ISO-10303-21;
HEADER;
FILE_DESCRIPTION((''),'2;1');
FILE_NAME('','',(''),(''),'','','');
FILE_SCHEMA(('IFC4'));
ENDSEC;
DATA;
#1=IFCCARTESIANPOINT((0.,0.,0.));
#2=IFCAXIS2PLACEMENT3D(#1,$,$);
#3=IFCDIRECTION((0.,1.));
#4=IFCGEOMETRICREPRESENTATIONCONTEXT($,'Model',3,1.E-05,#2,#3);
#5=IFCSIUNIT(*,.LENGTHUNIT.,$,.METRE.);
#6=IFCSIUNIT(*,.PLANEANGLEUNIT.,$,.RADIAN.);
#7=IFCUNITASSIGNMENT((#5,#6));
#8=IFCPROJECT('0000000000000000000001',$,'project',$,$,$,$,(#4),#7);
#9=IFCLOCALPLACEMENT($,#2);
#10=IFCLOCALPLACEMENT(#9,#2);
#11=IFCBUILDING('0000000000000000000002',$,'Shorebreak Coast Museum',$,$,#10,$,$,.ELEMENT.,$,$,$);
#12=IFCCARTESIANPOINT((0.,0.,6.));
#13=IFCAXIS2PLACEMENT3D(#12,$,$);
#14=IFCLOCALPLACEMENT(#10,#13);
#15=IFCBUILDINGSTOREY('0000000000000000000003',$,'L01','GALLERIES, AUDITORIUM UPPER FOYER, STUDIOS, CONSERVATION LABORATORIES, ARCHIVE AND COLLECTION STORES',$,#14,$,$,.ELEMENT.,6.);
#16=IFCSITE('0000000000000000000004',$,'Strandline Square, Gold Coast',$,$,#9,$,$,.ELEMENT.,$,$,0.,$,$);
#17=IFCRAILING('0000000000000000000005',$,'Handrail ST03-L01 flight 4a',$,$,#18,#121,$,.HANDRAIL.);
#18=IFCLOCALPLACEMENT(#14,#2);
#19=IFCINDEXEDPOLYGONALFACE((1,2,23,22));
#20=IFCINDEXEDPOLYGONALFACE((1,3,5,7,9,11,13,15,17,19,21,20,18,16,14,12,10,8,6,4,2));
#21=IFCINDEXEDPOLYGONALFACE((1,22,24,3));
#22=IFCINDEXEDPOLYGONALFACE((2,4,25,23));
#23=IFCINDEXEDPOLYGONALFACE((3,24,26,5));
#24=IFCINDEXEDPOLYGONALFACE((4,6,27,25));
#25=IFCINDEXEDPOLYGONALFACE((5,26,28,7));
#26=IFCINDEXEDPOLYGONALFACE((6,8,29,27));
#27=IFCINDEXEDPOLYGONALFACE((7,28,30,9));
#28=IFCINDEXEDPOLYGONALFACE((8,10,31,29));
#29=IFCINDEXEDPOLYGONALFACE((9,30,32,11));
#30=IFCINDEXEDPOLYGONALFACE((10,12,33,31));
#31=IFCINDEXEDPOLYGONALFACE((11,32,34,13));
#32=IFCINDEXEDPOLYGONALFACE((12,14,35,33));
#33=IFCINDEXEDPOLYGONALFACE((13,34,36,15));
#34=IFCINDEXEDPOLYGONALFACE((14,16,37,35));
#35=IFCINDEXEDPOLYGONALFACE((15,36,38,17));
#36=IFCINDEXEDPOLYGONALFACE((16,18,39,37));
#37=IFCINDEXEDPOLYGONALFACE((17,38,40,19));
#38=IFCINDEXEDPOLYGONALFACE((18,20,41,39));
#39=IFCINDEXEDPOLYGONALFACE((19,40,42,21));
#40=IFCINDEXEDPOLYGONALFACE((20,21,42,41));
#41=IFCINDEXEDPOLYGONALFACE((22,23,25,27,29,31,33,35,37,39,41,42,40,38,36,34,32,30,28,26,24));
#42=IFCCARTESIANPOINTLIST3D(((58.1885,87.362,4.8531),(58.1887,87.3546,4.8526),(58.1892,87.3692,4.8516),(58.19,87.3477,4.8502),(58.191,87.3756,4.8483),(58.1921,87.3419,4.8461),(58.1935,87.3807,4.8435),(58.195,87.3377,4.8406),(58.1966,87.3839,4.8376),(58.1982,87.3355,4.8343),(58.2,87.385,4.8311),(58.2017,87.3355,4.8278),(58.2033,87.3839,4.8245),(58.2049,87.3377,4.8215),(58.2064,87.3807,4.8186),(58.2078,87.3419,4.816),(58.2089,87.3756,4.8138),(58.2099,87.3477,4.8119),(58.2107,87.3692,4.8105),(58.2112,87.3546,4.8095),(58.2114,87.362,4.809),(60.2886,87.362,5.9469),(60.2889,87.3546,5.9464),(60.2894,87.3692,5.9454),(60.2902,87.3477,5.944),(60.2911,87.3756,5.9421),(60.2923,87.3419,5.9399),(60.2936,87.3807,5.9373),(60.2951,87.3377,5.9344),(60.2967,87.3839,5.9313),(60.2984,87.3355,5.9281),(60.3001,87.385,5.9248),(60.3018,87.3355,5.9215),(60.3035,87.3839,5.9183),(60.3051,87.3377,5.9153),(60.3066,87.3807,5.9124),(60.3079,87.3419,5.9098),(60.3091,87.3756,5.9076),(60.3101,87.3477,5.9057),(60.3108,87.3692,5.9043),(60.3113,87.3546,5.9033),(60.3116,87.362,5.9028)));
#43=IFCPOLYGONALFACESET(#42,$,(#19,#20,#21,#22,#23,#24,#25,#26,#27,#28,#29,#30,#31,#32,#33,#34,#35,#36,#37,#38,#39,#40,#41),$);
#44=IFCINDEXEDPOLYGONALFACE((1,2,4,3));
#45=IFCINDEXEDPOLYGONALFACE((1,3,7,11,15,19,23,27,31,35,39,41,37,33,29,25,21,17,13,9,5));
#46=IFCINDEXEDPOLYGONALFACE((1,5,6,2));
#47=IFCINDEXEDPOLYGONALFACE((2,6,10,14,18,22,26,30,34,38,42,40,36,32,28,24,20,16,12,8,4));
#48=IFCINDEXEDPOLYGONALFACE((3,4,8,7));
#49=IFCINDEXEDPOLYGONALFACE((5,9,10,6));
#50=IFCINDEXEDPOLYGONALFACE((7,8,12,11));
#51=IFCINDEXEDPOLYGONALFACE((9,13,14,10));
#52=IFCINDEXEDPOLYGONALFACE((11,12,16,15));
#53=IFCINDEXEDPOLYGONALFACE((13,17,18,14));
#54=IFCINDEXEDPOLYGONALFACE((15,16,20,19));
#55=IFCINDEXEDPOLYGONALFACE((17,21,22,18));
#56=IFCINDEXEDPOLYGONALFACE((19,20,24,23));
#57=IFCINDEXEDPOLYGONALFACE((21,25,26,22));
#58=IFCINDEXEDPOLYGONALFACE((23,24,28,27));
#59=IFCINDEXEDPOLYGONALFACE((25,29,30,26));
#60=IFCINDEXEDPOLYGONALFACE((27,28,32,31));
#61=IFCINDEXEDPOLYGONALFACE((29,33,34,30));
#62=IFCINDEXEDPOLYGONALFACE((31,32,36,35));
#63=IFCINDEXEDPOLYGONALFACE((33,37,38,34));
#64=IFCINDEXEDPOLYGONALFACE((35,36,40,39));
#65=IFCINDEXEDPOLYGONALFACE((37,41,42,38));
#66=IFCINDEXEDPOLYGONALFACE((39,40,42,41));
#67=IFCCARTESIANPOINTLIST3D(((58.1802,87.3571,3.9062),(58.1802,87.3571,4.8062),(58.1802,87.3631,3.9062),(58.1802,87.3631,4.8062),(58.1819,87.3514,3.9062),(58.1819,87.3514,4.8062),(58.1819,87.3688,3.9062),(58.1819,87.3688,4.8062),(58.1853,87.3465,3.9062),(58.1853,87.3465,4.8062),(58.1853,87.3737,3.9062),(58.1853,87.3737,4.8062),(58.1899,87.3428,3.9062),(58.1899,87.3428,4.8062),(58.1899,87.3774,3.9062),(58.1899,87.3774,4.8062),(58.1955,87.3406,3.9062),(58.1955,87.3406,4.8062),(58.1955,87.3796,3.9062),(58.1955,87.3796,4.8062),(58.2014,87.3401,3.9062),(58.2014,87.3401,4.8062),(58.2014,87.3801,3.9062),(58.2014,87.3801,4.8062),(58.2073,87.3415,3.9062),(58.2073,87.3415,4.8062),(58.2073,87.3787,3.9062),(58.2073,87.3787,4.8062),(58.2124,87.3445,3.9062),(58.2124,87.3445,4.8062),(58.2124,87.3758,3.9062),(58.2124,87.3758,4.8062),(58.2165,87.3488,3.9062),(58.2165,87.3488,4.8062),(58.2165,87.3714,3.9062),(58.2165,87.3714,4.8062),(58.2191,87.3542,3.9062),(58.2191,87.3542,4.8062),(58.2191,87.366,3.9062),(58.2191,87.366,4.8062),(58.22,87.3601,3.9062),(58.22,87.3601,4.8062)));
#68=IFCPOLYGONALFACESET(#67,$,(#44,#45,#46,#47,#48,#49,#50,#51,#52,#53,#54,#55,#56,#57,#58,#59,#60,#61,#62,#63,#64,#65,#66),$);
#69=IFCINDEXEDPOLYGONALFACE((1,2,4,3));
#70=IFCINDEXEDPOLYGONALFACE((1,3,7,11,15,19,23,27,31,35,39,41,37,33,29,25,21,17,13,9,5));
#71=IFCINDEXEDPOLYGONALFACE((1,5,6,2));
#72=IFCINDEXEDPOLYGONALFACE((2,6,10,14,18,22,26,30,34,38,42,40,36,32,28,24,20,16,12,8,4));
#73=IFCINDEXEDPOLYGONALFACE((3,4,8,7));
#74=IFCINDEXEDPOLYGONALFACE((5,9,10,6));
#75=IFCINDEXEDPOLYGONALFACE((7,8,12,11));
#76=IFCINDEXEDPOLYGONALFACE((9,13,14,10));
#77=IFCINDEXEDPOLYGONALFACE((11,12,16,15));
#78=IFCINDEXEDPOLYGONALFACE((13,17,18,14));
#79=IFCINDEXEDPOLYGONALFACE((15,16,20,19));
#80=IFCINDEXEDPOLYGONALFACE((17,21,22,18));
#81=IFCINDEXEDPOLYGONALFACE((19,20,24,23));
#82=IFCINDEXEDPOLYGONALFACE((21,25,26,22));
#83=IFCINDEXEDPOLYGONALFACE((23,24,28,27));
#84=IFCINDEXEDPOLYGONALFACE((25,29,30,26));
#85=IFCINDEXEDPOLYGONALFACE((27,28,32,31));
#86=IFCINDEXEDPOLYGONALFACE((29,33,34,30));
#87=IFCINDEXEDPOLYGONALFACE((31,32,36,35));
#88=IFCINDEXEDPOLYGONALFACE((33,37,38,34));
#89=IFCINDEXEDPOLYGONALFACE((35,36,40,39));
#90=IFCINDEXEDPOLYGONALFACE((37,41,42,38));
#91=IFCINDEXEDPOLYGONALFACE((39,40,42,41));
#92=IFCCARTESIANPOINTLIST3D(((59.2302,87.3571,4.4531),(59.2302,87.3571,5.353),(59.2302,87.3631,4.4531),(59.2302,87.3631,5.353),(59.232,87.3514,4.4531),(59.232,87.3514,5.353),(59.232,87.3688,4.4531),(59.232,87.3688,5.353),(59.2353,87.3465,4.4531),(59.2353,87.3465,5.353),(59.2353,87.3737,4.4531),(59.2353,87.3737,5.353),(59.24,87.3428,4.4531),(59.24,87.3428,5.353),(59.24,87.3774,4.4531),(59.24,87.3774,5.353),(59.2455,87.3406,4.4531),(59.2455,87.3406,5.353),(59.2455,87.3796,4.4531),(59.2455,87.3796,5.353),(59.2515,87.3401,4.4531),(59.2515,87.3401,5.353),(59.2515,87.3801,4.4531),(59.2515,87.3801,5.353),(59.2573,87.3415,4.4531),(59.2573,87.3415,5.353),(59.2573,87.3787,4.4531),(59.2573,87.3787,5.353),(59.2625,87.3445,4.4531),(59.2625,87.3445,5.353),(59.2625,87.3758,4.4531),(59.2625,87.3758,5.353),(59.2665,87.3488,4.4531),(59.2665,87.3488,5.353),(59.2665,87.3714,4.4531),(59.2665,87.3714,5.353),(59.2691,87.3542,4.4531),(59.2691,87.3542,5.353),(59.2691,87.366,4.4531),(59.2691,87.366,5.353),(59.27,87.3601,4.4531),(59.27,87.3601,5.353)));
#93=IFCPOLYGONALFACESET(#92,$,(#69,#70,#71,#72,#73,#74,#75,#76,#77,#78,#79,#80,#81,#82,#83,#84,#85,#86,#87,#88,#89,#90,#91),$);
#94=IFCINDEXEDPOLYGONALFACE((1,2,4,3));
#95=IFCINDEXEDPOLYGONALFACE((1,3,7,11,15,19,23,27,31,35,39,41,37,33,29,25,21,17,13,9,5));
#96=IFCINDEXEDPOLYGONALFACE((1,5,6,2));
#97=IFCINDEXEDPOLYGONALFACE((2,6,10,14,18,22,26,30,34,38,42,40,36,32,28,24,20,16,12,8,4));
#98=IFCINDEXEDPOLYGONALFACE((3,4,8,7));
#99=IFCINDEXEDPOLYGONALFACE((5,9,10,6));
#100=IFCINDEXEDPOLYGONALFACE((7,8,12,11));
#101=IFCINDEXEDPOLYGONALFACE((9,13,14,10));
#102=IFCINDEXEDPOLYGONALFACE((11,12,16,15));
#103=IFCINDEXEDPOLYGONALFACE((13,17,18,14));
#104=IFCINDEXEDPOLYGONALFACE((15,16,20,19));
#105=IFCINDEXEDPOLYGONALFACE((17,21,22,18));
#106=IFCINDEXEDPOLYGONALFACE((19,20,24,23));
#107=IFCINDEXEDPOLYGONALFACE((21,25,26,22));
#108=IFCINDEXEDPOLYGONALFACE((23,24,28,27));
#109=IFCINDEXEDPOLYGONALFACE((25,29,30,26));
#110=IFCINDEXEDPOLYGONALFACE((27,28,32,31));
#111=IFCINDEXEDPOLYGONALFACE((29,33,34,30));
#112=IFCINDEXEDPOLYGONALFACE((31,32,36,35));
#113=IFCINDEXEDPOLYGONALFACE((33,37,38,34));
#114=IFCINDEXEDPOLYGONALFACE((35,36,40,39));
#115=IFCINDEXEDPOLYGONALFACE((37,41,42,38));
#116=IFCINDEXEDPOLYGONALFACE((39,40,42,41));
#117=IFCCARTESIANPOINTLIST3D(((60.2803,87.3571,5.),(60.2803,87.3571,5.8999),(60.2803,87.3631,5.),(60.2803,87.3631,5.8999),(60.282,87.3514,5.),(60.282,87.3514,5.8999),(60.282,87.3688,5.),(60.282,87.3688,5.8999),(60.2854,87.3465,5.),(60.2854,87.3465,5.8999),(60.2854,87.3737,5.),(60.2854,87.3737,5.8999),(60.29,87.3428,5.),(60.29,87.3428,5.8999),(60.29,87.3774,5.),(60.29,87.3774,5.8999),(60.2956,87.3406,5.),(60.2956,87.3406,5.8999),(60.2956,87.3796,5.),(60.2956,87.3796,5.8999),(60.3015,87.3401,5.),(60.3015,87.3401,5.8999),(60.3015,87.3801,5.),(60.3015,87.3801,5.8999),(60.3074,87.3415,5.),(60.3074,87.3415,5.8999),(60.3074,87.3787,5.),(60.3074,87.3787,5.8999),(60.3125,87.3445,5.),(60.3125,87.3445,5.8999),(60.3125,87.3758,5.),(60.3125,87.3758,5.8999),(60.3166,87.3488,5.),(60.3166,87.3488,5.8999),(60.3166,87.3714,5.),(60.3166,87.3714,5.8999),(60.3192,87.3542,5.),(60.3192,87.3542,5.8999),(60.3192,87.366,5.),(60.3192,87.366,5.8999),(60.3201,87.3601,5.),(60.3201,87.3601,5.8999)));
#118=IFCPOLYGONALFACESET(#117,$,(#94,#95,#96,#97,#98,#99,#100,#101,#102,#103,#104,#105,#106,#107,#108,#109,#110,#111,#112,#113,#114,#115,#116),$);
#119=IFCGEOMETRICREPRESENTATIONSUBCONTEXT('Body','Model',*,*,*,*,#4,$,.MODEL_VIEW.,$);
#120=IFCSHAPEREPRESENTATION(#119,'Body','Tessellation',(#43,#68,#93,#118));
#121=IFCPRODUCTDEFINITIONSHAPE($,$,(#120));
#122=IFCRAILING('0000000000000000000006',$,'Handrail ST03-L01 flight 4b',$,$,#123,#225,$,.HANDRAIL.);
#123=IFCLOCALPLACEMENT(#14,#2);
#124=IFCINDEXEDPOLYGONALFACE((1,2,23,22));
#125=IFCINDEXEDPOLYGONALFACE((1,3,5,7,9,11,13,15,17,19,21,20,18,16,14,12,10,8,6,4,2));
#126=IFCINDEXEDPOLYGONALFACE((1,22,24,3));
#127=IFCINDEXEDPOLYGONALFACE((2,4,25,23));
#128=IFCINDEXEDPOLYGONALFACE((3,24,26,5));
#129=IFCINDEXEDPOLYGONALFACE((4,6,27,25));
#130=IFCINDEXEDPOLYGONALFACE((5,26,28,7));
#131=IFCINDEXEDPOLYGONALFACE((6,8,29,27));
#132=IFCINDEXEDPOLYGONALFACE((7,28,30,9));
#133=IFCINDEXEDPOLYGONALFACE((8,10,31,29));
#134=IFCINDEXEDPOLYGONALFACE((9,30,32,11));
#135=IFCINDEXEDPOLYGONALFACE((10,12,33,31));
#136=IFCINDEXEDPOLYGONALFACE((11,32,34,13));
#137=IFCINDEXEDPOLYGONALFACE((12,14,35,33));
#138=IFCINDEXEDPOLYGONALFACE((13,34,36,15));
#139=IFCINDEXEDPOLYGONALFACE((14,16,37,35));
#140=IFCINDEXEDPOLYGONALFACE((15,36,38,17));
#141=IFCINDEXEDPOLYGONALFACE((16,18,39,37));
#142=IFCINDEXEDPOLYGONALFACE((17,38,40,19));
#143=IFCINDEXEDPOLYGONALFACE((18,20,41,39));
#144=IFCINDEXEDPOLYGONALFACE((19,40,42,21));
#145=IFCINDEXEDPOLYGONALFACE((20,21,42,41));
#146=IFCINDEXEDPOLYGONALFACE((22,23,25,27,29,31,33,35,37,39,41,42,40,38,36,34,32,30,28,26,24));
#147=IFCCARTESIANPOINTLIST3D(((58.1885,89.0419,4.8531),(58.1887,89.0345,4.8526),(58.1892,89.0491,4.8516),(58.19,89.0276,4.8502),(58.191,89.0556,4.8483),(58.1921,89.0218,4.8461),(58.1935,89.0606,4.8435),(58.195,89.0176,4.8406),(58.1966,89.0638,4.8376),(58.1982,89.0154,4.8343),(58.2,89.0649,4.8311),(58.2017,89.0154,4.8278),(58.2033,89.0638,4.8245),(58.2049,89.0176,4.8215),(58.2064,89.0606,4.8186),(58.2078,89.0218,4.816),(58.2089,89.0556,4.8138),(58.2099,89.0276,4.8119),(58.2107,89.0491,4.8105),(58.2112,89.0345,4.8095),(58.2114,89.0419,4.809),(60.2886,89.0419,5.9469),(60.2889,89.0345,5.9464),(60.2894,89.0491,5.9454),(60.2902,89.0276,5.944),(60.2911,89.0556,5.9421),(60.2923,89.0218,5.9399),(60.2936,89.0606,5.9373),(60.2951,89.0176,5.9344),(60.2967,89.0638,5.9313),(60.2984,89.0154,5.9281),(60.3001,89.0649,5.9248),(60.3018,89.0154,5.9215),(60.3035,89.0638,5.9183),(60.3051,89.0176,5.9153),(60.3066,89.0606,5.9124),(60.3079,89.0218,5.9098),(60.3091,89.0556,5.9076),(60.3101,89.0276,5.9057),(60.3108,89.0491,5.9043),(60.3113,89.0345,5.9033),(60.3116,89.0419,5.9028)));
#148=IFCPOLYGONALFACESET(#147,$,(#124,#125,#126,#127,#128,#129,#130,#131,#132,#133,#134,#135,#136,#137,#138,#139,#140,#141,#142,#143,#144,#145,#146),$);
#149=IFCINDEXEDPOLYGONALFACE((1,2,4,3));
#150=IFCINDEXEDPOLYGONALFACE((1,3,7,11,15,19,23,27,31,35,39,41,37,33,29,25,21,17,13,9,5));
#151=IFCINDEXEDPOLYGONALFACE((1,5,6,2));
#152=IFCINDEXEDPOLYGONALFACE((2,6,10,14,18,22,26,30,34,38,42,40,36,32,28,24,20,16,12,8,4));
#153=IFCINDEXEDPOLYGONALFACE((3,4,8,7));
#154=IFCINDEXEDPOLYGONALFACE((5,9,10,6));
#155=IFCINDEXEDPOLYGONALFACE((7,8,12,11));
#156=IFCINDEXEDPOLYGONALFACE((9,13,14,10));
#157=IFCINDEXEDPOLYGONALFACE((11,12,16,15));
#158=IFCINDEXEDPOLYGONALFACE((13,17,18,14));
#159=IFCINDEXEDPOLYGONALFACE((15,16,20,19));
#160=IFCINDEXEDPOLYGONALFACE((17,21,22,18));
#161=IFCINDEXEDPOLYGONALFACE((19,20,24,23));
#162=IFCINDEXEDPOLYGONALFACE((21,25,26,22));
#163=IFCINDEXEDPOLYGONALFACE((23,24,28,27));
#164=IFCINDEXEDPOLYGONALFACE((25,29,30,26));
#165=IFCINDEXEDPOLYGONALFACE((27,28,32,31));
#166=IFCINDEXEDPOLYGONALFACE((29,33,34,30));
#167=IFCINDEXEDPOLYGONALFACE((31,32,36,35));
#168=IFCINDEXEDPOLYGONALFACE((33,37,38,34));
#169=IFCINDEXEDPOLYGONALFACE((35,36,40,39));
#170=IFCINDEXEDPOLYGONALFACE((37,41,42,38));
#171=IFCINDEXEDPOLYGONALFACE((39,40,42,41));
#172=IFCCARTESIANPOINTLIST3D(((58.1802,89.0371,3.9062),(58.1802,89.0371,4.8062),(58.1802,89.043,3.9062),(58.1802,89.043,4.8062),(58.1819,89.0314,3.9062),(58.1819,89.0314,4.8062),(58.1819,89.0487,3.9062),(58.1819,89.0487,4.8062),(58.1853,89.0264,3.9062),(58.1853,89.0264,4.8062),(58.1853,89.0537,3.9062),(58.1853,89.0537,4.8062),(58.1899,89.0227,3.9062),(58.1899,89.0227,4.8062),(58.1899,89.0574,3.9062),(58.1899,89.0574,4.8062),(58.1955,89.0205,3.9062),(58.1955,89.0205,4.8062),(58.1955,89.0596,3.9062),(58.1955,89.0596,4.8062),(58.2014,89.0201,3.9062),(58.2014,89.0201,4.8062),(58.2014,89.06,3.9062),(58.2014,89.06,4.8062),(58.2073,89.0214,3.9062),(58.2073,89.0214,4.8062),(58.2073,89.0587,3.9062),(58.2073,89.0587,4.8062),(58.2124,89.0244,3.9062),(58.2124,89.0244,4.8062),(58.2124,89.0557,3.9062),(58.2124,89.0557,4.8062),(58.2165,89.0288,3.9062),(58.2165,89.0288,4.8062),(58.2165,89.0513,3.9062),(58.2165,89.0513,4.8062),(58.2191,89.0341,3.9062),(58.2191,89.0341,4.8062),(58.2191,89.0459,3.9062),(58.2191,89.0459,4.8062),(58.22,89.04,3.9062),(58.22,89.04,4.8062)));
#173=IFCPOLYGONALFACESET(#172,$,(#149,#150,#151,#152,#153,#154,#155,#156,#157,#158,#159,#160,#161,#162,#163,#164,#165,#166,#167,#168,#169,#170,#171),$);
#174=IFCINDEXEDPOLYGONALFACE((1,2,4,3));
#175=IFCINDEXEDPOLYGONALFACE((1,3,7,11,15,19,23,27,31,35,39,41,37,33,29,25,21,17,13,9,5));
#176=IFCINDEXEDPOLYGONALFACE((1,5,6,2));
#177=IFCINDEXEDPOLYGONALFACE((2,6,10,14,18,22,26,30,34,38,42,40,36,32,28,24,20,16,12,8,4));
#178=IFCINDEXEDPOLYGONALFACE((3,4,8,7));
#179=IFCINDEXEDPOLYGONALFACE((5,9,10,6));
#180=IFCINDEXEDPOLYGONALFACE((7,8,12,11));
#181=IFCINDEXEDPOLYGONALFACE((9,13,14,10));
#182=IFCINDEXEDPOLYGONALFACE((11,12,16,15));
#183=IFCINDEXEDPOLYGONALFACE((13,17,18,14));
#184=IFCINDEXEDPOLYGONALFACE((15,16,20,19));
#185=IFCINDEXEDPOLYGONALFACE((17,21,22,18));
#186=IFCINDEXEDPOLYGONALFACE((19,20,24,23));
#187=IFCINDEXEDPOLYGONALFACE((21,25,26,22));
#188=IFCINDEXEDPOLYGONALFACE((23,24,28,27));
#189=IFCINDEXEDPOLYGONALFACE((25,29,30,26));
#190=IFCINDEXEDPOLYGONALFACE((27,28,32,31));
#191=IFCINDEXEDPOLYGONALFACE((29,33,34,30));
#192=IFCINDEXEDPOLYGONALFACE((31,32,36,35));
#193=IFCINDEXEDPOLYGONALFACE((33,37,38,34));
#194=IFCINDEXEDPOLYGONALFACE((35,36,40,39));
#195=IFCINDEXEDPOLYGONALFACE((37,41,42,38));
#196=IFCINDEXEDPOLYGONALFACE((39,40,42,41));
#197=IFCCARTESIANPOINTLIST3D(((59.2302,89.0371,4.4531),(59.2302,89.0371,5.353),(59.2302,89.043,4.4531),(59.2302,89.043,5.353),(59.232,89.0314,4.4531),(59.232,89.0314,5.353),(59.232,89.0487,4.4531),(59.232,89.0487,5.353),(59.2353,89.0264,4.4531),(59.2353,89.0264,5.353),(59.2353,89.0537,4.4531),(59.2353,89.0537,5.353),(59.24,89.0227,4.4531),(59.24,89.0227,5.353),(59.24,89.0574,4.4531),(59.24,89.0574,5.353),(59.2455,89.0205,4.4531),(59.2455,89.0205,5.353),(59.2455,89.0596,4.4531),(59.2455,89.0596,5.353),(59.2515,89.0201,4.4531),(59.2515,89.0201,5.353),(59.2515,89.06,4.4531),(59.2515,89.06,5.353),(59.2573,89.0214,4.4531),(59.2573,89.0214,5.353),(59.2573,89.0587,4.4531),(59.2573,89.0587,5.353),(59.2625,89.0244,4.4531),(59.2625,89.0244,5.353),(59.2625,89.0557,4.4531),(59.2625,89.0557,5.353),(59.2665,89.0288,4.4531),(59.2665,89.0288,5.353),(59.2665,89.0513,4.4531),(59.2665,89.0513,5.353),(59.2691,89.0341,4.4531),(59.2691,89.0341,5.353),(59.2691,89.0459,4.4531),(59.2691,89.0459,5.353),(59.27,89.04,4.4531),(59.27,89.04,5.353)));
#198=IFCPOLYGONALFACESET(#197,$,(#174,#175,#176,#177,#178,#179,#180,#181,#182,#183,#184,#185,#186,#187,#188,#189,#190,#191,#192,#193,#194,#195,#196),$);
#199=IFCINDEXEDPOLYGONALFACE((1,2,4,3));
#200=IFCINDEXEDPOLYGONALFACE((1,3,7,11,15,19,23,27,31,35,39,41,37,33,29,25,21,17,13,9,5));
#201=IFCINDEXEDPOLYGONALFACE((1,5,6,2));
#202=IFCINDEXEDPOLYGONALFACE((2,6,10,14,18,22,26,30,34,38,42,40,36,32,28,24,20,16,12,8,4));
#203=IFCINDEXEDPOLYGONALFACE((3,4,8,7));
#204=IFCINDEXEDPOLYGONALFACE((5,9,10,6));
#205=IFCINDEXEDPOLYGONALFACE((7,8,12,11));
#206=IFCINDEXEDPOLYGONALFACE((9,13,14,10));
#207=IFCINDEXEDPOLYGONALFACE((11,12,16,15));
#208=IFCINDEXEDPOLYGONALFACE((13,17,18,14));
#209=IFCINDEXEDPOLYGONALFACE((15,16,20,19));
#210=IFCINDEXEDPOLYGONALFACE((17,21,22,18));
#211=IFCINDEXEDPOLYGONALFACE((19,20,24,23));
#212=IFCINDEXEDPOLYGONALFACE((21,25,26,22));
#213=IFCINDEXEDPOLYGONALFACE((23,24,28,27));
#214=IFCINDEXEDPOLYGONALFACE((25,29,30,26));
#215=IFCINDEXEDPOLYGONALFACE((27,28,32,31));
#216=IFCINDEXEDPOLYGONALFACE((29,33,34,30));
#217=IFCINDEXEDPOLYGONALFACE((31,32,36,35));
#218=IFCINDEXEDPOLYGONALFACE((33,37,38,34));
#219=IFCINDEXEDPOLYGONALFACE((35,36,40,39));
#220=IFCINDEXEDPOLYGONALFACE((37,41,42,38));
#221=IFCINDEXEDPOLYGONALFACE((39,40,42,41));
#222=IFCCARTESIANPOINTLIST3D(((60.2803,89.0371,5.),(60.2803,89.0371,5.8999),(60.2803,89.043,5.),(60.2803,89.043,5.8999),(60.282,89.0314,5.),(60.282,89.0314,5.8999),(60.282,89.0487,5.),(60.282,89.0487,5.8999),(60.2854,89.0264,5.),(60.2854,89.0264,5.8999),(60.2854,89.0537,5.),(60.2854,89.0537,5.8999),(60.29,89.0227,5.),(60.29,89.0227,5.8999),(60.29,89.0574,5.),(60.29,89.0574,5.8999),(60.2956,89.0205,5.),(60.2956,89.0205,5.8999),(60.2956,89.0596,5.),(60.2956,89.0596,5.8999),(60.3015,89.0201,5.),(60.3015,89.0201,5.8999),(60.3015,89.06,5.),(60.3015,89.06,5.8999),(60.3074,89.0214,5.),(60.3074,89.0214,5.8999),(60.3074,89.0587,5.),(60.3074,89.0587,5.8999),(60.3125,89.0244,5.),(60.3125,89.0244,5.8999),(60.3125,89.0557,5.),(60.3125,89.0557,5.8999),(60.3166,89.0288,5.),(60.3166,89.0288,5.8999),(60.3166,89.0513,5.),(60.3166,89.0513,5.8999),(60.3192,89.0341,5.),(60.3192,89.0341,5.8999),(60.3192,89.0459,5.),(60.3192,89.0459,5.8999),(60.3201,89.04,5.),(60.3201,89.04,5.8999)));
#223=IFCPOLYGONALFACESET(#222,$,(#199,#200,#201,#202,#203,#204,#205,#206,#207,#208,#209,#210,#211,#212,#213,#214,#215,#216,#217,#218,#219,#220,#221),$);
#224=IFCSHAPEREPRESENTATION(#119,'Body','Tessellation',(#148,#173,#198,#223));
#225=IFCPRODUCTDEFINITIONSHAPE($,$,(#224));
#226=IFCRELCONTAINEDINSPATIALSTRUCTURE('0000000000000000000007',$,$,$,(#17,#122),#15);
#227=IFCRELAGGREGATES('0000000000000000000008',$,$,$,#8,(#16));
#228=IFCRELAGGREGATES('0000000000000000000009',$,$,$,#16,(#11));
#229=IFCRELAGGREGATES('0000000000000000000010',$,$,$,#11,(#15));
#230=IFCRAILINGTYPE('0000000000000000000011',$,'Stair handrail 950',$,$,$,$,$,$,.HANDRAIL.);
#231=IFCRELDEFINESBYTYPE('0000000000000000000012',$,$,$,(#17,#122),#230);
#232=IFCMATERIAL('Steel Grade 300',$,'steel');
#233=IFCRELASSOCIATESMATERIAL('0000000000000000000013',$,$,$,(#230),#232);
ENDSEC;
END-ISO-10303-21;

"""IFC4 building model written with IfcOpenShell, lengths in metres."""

from ifc_helpers import new_model, si_unit, direction, frame, origin, origin_2d, place, context, subcontext, project, spatial, circle, extrude, material, type_object, element, save


model = new_model("IFC4")

# Units and contexts
model_context = context("Model", 3, precision=1e-05, world=origin(), true_north=direction((0.0, 1.0)))
body_context = subcontext(model_context, "Body", "Model", "MODEL_VIEW")
ifc_project = project(units=[si_unit("LENGTHUNIT", "METRE"), si_unit("PLANEANGLEUNIT", "RADIAN")], contexts=[model_context])

# Site, building, storey
site_placement = place(None, origin())
site = spatial("IfcSite", under=ifc_project, at=site_placement, Name="Strandline Square, Gold Coast", CompositionType="ELEMENT", RefElevation=0.0)
building_placement = place(site_placement, origin())
building = spatial("IfcBuilding", under=site, at=building_placement, Name="Shorebreak Coast Museum", CompositionType="ELEMENT")
storey_placement = place(building_placement, frame((0.0, 0.0, 6.0)))
storey = spatial("IfcBuildingStorey", under=building, at=storey_placement, Name="L01", Description="GALLERIES, AUDITORIUM UPPER FOYER, STUDIOS, CONSERVATION LABORATORIES, ARCHIVE AND COLLECTION STORES", CompositionType="ELEMENT", Elevation=6.0)

# Railings
ifc_material_1 = material(Name="Steel Grade 300", Category="steel")
railing_type_1 = type_object("IfcRailingType", Name="Stair handrail 950", PredefinedType="HANDRAIL", material=ifc_material_1)
for number, where, name in (
    (1, (58.2, 87.3601, 3.9062), "Handrail ST03-L01 flight 4a"),
    (2, (58.2, 89.04, 3.9062), "Handrail ST03-L01 flight 4b"),
):
    element("IfcRailing", number, at=place(storey_placement, frame(where)), inside=storey, type_object=railing_type_1, Name=name, PredefinedType="HANDRAIL", context=body_context, shape_type="SweptSolid", body=[
        extrude(circle(Radius=0.0249, at=origin_2d()), frame((0.0, 0.0, 0.9248), z_axis=(0.886923, 0.0, 0.461918), x_axis=(0.0, 1.0, 0.0)), (0.0, 0.0, 1.0), 2.3679),
        extrude(circle(Radius=0.02, at=origin_2d()), origin(), (0.0, 0.0, 1.0), 0.8999),
        extrude(circle(Radius=0.02, at=origin_2d()), frame((1.05, 0.0, 0.5469)), (0.0, 0.0, 1.0), 0.8999),
        extrude(circle(Radius=0.02, at=origin_2d()), frame((2.1001, 0.0, 1.0938)), (0.0, 0.0, 1.0), 0.8999),
    ])

save(model, "model.ifc")
